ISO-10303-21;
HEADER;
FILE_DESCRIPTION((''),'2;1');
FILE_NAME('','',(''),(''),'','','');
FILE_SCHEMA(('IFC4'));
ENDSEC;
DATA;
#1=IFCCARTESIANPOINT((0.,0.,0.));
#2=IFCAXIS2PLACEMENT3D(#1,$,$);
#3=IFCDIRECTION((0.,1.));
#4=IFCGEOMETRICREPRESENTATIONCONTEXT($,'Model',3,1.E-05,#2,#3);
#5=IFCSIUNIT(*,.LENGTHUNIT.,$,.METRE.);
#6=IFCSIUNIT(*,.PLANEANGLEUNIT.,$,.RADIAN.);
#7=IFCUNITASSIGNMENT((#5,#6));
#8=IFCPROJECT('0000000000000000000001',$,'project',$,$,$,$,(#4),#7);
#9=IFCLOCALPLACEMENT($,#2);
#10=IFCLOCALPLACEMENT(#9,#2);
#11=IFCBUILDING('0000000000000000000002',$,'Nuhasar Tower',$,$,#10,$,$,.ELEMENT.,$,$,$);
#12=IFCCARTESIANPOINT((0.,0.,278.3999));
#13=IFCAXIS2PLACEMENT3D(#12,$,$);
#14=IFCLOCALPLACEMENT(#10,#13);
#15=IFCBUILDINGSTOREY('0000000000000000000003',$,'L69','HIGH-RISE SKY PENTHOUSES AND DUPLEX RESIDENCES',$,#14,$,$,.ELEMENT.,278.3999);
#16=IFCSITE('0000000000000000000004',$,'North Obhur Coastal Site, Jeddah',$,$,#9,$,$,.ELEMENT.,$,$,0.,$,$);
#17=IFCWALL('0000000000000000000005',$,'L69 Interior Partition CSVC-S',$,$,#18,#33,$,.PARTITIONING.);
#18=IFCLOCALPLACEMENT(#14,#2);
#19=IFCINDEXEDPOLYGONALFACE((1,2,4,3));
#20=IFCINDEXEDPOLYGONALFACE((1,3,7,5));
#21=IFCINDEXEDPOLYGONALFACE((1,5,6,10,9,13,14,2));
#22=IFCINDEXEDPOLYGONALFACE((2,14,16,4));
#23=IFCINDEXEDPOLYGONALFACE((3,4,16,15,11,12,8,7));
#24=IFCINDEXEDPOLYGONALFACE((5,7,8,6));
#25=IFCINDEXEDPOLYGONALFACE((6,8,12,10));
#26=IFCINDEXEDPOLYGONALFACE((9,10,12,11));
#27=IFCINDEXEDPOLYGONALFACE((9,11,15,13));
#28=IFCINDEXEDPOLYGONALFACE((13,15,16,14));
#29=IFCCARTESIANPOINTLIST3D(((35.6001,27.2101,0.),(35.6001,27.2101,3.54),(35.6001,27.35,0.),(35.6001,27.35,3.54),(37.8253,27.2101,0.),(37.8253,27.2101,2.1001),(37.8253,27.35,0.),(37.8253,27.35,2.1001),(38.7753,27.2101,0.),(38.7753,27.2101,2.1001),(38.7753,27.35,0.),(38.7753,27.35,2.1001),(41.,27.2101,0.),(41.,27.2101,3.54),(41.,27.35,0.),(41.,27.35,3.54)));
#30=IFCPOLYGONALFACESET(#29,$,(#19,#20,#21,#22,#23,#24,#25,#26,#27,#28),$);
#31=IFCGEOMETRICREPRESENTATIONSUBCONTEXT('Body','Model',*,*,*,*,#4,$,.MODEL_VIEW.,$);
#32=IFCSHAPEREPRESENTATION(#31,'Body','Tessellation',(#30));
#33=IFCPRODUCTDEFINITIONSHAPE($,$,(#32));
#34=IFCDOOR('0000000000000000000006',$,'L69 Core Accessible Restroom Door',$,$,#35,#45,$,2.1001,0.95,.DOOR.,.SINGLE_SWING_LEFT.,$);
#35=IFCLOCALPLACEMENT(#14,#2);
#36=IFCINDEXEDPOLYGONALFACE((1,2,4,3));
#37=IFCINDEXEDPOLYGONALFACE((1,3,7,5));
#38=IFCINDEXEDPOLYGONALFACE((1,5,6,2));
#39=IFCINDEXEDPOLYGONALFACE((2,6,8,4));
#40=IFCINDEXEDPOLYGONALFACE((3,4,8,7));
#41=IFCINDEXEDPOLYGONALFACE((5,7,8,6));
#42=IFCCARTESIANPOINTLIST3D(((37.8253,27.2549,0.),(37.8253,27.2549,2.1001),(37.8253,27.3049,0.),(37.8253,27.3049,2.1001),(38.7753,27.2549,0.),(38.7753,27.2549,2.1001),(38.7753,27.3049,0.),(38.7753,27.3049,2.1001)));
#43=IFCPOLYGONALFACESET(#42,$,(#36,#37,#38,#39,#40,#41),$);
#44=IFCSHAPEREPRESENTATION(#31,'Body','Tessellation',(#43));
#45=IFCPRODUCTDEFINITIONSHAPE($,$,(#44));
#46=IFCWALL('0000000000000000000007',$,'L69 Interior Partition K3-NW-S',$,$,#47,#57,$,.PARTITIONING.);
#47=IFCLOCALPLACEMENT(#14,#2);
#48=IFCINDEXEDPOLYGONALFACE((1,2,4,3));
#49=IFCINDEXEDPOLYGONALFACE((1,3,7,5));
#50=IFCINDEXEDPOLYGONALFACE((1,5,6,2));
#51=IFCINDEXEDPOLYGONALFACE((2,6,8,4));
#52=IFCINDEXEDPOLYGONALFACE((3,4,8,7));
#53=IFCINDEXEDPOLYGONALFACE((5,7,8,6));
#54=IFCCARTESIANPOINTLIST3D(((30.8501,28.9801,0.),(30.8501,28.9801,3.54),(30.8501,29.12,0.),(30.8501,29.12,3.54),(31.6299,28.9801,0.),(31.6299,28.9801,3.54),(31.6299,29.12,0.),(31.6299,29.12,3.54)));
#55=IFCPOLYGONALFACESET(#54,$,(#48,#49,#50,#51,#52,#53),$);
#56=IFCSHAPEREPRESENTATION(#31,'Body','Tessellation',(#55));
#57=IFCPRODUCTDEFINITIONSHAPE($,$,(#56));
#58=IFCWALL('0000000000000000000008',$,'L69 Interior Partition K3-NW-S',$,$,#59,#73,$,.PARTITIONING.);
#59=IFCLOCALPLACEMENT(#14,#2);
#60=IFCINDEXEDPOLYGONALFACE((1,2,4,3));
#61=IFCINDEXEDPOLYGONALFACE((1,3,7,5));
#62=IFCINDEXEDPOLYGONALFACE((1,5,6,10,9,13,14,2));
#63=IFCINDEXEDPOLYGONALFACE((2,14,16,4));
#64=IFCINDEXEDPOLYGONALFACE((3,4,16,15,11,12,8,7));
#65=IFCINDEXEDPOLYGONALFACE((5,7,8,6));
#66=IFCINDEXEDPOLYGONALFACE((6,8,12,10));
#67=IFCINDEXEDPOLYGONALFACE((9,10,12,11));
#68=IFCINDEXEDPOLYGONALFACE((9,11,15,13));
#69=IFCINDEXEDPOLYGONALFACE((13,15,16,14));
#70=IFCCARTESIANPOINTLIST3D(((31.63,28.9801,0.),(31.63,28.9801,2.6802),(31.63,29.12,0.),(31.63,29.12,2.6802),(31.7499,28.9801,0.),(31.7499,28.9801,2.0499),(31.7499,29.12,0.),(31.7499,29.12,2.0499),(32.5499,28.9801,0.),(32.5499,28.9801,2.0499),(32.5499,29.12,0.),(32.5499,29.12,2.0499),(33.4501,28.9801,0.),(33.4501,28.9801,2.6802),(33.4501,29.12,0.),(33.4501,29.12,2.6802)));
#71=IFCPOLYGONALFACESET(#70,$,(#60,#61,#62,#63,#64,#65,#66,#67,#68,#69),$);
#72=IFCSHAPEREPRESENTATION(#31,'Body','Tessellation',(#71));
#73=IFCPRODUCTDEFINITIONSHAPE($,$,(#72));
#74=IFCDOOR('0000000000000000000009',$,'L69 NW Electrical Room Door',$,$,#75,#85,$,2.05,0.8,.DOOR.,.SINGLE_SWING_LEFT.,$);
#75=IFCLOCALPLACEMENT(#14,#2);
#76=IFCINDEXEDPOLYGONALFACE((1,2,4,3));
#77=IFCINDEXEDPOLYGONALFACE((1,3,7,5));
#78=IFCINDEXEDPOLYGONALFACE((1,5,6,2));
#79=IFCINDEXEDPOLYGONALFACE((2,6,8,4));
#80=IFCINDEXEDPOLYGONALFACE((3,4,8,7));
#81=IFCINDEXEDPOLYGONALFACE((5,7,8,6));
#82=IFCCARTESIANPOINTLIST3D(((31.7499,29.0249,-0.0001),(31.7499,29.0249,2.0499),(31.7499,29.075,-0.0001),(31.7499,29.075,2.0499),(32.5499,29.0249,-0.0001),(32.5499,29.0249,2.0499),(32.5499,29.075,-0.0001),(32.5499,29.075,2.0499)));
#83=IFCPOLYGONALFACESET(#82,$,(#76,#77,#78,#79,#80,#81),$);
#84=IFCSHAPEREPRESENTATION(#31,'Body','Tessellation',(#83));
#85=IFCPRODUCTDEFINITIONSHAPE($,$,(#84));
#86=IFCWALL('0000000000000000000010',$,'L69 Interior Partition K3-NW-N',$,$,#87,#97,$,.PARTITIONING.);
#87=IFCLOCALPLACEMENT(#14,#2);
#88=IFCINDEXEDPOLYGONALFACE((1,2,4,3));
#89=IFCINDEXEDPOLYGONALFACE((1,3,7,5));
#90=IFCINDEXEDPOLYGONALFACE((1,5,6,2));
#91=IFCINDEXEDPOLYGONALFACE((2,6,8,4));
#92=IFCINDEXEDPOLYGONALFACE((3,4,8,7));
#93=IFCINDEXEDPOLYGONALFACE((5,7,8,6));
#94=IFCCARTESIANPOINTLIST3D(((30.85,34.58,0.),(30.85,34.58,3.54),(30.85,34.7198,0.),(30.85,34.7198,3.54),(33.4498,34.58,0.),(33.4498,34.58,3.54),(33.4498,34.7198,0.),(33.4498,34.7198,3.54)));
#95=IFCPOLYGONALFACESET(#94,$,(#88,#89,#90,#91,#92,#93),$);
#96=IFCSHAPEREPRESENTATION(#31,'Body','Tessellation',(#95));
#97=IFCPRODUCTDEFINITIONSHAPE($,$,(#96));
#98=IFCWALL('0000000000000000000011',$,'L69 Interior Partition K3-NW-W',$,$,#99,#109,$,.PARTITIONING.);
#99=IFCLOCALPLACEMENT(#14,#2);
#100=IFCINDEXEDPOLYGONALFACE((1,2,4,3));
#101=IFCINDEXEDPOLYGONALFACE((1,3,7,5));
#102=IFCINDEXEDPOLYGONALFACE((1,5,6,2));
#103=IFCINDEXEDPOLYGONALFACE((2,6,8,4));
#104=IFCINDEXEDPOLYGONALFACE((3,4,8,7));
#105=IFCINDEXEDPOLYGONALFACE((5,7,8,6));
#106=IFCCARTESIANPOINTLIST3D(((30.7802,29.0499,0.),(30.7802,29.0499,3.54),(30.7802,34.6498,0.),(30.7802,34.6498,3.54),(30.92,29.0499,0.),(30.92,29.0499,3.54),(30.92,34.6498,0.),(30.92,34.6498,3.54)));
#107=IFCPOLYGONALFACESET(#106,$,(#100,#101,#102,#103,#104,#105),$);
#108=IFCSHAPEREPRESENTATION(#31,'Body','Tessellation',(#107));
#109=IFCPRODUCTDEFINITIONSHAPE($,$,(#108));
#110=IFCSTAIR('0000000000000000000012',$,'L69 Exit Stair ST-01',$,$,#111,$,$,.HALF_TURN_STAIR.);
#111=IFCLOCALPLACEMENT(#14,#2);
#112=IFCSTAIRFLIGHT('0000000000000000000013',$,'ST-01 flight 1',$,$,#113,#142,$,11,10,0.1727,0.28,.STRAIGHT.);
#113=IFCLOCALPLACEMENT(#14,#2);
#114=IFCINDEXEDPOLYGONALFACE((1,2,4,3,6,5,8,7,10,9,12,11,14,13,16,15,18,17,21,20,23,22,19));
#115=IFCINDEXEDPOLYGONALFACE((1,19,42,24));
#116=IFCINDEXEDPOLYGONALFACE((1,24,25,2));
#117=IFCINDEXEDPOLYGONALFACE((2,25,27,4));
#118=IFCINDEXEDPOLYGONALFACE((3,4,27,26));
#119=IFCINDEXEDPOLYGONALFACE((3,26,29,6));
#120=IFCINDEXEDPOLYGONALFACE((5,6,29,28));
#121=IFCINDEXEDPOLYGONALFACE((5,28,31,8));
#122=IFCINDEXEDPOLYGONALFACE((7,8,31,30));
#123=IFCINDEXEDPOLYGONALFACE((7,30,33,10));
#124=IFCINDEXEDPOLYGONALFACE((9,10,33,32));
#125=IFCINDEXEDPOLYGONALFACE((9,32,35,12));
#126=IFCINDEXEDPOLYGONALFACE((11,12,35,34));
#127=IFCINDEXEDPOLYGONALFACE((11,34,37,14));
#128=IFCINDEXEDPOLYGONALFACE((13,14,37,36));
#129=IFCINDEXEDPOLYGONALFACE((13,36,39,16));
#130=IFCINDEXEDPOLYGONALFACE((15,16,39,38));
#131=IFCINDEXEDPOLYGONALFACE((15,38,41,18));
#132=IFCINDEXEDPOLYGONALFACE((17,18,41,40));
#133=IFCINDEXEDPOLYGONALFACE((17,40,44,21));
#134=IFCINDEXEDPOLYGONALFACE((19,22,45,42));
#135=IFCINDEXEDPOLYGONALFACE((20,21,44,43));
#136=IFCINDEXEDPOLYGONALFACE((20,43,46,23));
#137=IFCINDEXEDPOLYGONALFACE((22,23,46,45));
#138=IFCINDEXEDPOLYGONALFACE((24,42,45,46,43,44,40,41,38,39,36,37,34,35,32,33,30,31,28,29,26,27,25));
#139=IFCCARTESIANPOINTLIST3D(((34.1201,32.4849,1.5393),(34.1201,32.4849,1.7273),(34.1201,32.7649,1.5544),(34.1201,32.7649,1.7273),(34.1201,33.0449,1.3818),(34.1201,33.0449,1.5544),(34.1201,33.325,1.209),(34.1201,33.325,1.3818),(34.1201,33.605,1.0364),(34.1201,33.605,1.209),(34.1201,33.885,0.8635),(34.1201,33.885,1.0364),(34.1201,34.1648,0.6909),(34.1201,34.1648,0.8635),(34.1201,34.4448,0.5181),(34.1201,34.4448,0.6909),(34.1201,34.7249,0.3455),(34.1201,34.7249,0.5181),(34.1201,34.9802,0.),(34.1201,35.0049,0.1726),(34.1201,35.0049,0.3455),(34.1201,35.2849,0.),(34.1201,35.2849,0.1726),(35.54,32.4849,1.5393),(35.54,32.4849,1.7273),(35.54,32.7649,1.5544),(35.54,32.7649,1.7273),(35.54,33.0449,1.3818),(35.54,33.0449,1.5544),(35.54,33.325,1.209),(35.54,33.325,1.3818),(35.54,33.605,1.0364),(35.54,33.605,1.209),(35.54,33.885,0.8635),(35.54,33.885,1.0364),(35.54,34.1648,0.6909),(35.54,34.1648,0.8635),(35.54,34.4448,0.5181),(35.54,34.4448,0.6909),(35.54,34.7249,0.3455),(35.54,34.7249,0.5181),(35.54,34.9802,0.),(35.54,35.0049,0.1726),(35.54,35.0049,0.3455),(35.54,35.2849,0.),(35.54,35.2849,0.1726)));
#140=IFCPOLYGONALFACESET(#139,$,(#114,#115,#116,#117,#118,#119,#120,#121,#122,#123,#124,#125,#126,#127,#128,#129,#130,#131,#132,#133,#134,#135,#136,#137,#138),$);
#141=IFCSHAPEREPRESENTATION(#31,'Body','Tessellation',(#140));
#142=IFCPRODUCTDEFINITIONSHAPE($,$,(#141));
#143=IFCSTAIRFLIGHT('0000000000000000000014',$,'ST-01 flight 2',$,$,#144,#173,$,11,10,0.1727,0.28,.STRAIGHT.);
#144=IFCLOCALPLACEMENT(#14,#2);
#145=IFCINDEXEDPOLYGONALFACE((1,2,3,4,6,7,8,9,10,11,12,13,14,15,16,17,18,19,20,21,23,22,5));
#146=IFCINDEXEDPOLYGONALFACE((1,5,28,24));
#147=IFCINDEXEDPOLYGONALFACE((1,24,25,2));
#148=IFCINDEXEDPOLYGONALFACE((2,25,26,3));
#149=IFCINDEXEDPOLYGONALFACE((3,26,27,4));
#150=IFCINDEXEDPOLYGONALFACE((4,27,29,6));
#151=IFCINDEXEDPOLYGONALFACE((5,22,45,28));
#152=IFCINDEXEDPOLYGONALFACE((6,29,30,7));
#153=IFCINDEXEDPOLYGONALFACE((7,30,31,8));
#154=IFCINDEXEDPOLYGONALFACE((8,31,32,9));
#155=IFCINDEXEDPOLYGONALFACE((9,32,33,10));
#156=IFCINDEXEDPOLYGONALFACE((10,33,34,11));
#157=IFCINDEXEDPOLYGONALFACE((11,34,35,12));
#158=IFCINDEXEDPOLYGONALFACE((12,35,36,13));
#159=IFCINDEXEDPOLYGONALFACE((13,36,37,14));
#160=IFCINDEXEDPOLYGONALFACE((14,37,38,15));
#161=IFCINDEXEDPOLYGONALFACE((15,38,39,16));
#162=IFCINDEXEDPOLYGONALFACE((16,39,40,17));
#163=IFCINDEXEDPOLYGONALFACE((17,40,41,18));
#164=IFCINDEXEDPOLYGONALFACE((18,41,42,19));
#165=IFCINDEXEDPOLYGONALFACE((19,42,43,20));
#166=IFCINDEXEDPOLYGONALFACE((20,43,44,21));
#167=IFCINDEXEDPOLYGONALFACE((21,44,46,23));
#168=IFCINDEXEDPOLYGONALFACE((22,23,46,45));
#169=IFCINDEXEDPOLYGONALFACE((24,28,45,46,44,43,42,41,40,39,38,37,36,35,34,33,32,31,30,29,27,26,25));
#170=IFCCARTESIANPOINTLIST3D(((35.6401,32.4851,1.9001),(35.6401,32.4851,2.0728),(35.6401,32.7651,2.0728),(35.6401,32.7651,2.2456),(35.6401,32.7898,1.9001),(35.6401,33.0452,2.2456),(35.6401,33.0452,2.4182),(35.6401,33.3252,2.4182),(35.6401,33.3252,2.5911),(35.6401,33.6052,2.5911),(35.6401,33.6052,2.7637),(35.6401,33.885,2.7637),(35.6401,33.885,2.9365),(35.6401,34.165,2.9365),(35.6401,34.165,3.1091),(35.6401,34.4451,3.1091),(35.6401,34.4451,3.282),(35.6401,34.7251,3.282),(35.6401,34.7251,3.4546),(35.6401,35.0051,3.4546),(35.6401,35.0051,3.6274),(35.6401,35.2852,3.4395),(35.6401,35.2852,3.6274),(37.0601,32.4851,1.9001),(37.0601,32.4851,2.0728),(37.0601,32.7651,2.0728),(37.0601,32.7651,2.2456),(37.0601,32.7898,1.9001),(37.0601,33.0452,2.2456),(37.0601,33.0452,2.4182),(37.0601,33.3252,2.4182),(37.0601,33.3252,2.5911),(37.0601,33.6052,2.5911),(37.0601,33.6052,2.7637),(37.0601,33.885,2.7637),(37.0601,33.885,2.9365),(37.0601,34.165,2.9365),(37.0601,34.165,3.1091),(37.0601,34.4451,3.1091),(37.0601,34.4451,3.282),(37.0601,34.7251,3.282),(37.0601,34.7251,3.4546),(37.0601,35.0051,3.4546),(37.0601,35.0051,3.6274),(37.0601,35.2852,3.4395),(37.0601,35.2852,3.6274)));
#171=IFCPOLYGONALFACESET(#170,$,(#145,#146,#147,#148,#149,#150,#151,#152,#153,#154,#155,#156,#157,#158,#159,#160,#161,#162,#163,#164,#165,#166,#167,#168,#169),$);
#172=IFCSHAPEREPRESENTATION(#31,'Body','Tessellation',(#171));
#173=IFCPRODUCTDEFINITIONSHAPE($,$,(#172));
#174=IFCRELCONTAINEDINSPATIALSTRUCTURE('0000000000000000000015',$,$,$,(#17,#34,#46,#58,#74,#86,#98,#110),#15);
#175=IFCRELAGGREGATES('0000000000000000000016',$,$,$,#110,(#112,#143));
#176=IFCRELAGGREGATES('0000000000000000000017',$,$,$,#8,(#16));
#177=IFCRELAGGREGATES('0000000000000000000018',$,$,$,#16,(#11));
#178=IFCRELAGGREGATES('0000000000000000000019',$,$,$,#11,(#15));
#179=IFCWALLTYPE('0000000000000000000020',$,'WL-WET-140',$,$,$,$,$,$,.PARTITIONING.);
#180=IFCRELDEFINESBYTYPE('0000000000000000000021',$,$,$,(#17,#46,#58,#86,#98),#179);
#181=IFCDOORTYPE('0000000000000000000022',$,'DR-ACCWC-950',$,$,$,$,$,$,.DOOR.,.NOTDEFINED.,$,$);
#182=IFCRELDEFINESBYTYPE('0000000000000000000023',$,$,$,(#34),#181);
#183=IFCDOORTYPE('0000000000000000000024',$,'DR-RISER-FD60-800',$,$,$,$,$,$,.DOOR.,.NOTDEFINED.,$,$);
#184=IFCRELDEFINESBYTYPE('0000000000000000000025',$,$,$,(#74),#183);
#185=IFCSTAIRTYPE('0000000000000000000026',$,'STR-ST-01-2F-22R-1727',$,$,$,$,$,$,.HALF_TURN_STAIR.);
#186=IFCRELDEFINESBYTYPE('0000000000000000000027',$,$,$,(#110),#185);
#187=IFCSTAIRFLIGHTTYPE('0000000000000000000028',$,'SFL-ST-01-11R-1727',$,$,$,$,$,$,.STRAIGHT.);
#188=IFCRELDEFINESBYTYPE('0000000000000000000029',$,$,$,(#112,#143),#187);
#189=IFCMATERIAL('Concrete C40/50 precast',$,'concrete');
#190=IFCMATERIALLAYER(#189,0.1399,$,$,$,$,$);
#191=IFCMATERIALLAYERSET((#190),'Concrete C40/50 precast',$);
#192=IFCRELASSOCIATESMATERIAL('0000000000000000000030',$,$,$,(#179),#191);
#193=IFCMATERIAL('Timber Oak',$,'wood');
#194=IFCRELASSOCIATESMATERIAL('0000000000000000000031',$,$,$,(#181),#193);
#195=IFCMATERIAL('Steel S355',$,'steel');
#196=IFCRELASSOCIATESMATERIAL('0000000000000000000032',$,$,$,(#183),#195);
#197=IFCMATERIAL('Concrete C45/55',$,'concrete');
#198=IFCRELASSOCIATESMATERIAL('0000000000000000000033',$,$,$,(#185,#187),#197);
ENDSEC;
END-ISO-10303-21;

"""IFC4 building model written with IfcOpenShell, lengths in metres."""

from ifc_helpers import new_model, si_unit, direction, frame, frame_2d, origin, place, context, subcontext, project, spatial, polyline, rectangle, outline, extrude, material, layer, layer_set, type_object, element, fill, aggregate, save


model = new_model("IFC4")

# Units and contexts
model_context = context("Model", 3, precision=1e-05, world=origin(), true_north=direction((0.0, 1.0)))
body_context = subcontext(model_context, "Body", "Model", "MODEL_VIEW")
ifc_project = project(units=[si_unit("LENGTHUNIT", "METRE"), si_unit("PLANEANGLEUNIT", "RADIAN")], contexts=[model_context])

# Site, building, storey
site_placement = place(None, origin())
site = spatial("IfcSite", under=ifc_project, at=site_placement, Name="North Obhur Coastal Site, Jeddah", CompositionType="ELEMENT", RefElevation=0.0)
building_placement = place(site_placement, origin())
building = spatial("IfcBuilding", under=site, at=building_placement, Name="Nuhasar Tower", CompositionType="ELEMENT")
storey_placement = place(building_placement, frame((0.0, 0.0, 278.3999)))
storey = spatial("IfcBuildingStorey", under=building, at=storey_placement, Name="L69", Description="HIGH-RISE SKY PENTHOUSES AND DUPLEX RESIDENCES", CompositionType="ELEMENT", Elevation=278.3999)

# Shared definitions
ifc_material_1 = material(Name="Steel S355", Category="steel")

# Shared definitions
ifc_material_2 = material(Name="Concrete C40/50 precast", Category="concrete")
ifc_layer_1 = layer(ifc_material_2, 0.1399)
ifc_layer_set_1 = layer_set([ifc_layer_1], Name="Concrete C40/50 precast")
wall_type_1 = type_object("IfcWallType", Name="WL-WET-140", PredefinedType="PARTITIONING", material=ifc_layer_set_1)

# Wall, opening, door
wall_1_placement = place(storey_placement, frame((35.6001, 27.28, 0.0), z_axis=(0.0, 0.0, 1.0), x_axis=(1.0, 0.0, 0.0)))
wall_1 = element("IfcWall", 1, at=wall_1_placement, inside=storey, type_object=wall_type_1, Name="L69 Interior Partition CSVC-S", PredefinedType="PARTITIONING", context=body_context, shape_type="SweptSolid", body=[
    extrude(rectangle(XDim=5.3999, YDim=0.1399, at=frame_2d((2.7, 0.0))), origin(), (0.0, 0.0, 1.0), 3.54),
])
opening_1_placement = place(wall_1_placement, frame((2.2251, 0.0, 0.0)))
opening_1 = element("IfcOpeningElement", 2, at=opening_1_placement, cuts=wall_1, PredefinedType="OPENING", context=body_context, shape_type="SweptSolid", body=[
    extrude(rectangle(XDim=0.95, YDim=2.1001, at=frame_2d((0.4751, 1.05))), frame((0.0, 0.0801, 0.0), z_axis=(0.0, -1.0, 0.0), x_axis=(1.0, 0.0, 0.0)), (0.0, 0.0, 1.0), 0.1599),
])
ifc_material_3 = material(Name="Timber Oak", Category="wood")
door_type_1 = type_object("IfcDoorType", Name="DR-ACCWC-950", OperationType="NOTDEFINED", PredefinedType="DOOR", material=ifc_material_3)
door_1_placement = place(opening_1_placement, origin())
door_1 = element("IfcDoor", 3, at=door_1_placement, inside=storey, type_object=door_type_1, Name="L69 Core Accessible Restroom Door", OperationType="SINGLE_SWING_LEFT", OverallHeight=2.1001, OverallWidth=0.95, PredefinedType="DOOR", context=body_context, shape_type="SweptSolid", body=[
    extrude(rectangle(XDim=0.95, YDim=2.1001, at=frame_2d((0.4751, 1.05))), frame((0.0, 0.0249, 0.0), z_axis=(0.0, -1.0, 0.0), x_axis=(1.0, 0.0, 0.0)), (0.0, 0.0, 1.0), 0.05),
])
fill(opening_1, door_1)

# Wall
wall_2_placement = place(storey_placement, frame((30.8501, 29.05, 0.0), z_axis=(0.0, 0.0, 1.0), x_axis=(1.0, 0.0, 0.0)))
element("IfcWall", 4, at=wall_2_placement, inside=storey, type_object=wall_type_1, Name="L69 Interior Partition K3-NW-S", PredefinedType="PARTITIONING", context=body_context, shape_type="SweptSolid", body=[
    extrude(rectangle(XDim=0.7798, YDim=0.1399, at=frame_2d((0.3899, 0.0))), origin(), (0.0, 0.0, 1.0), 3.54),
])

# Wall, opening, door
wall_3_placement = place(storey_placement, frame((31.6299, 29.05, 0.0), z_axis=(0.0, 0.0, 1.0), x_axis=(1.0, 0.0, 0.0)))
wall_3 = element("IfcWall", 5, at=wall_3_placement, inside=storey, type_object=wall_type_1, Name="L69 Interior Partition K3-NW-S", PredefinedType="PARTITIONING", context=body_context, shape_type="SweptSolid", body=[
    extrude(rectangle(XDim=1.8201, YDim=0.1399, at=frame_2d((0.9102, 0.0))), origin(), (0.0, 0.0, 1.0), 2.6802),
])
opening_2_placement = place(wall_3_placement, frame((0.1201, 0.0, 0.0)))
opening_2 = element("IfcOpeningElement", 6, at=opening_2_placement, cuts=wall_3, PredefinedType="OPENING", context=body_context, shape_type="SweptSolid", body=[
    extrude(rectangle(XDim=0.8, YDim=2.05, at=frame_2d((0.3999, 1.0249))), frame((0.0, 0.0801, 0.0), z_axis=(0.0, -1.0, 0.0), x_axis=(1.0, 0.0, 0.0)), (0.0, 0.0, 1.0), 0.1599),
])
door_type_2 = type_object("IfcDoorType", Name="DR-RISER-FD60-800", OperationType="NOTDEFINED", PredefinedType="DOOR", material=ifc_material_1)
door_2_placement = place(opening_2_placement, origin())
door_2 = element("IfcDoor", 7, at=door_2_placement, inside=storey, type_object=door_type_2, Name="L69 NW Electrical Room Door", OperationType="SINGLE_SWING_LEFT", OverallHeight=2.05, OverallWidth=0.8, PredefinedType="DOOR", context=body_context, shape_type="SweptSolid", body=[
    extrude(rectangle(XDim=0.8, YDim=2.05, at=frame_2d((0.3999, 1.0249))), frame((0.0, 0.0249, 0.0), z_axis=(0.0, -1.0, 0.0), x_axis=(1.0, 0.0, 0.0)), (0.0, 0.0, 1.0), 0.05),
])
fill(opening_2, door_2)

# Walls
wall_4_placement = place(storey_placement, frame((30.8501, 34.6499, 0.0), z_axis=(0.0, 0.0, 1.0), x_axis=(1.0, 0.0, 0.0)))
element("IfcWall", 8, at=wall_4_placement, inside=storey, type_object=wall_type_1, Name="L69 Interior Partition K3-NW-N", PredefinedType="PARTITIONING", context=body_context, shape_type="SweptSolid", body=[
    extrude(rectangle(XDim=2.5999, YDim=0.1399, at=frame_2d((1.2998, 0.0))), origin(), (0.0, 0.0, 1.0), 3.54),
])
wall_5_placement = place(storey_placement, frame((30.8501, 29.05, 0.0), z_axis=(0.0, 0.0, 1.0), x_axis=(0.0, 1.0, 0.0)))
element("IfcWall", 9, at=wall_5_placement, inside=storey, type_object=wall_type_1, Name="L69 Interior Partition K3-NW-W", PredefinedType="PARTITIONING", context=body_context, shape_type="SweptSolid", body=[
    extrude(rectangle(XDim=5.5999, YDim=0.1399, at=frame_2d((2.7998, 0.0))), origin(), (0.0, 0.0, 1.0), 3.54),
])

# Stair, stair flights
ifc_material_4 = material(Name="Concrete C45/55", Category="concrete")
stair_type_1 = type_object("IfcStairType", Name="STR-ST-01-2F-22R-1727", PredefinedType="HALF_TURN_STAIR", material=ifc_material_4)
stair_1_placement = place(storey_placement, origin())
stair_1 = element("IfcStair", 10, at=stair_1_placement, inside=storey, type_object=stair_type_1, Name="L69 Exit Stair ST-01", PredefinedType="HALF_TURN_STAIR")
stair_flight_type_1 = type_object("IfcStairFlightType", Name="SFL-ST-01-11R-1727", PredefinedType="STRAIGHT", material=ifc_material_4)
stair_flight_1_placement = place(storey_placement, frame((34.8301, 35.2849, 0.0), z_axis=(0.0, 0.0, 1.0), x_axis=(0.0, -1.0, 0.0)))
stair_flight_1 = element("IfcStairFlight", 11, at=stair_flight_1_placement, type_object=stair_flight_type_1, Name="ST-01 flight 1", NumberOfRisers=11, NumberOfTreads=10, PredefinedType="STRAIGHT", RiserHeight=0.1727, TreadLength=0.28, context=body_context, shape_type="SweptSolid", body=[
    extrude(outline(polyline([(0.0, 0.0), (0.0, 0.1726), (0.28, 0.1726), (0.28, 0.3455), (0.5601, 0.3455), (0.5601, 0.5181), (0.8401, 0.5181), (0.8401, 0.6909), (1.1201, 0.6909), (1.1201, 0.8635), (1.3999, 0.8635), (1.3999, 1.0364), (1.6799, 1.0364), (1.6799, 1.209), (1.96, 1.209), (1.96, 1.3818), (2.24, 1.3818), (2.24, 1.5544), (2.52, 1.5544), (2.52, 1.7273), (2.8, 1.7273), (2.8, 1.8999), (2.8, 1.5393), (0.3047, 0.0), (0.0, 0.0)])), frame((0.0, 0.71, 0.0), z_axis=(0.0, -1.0, 0.0), x_axis=(1.0, 0.0, 0.0)), (0.0, 0.0, 1.0), 1.4199),
])
stair_flight_2_placement = place(storey_placement, frame((36.3501, 32.4851, 1.9001), z_axis=(0.0, 0.0, 1.0), x_axis=(0.0, 1.0, 0.0)))
stair_flight_2 = element("IfcStairFlight", 12, at=stair_flight_2_placement, type_object=stair_flight_type_1, Name="ST-01 flight 2", NumberOfRisers=11, NumberOfTreads=10, PredefinedType="STRAIGHT", RiserHeight=0.1727, TreadLength=0.28, context=body_context, shape_type="SweptSolid", body=[
    extrude(outline(polyline([(0.0, 0.0), (0.0, 0.1726), (0.28, 0.1726), (0.28, 0.3455), (0.5601, 0.3455), (0.5601, 0.5181), (0.8401, 0.5181), (0.8401, 0.6909), (1.1201, 0.6909), (1.1201, 0.8635), (1.3999, 0.8635), (1.3999, 1.0364), (1.6799, 1.0364), (1.6799, 1.209), (1.96, 1.209), (1.96, 1.3818), (2.24, 1.3818), (2.24, 1.5544), (2.52, 1.5544), (2.52, 1.7273), (2.8, 1.7273), (2.8, 1.8999), (2.8, 1.5393), (0.3047, 0.0), (0.0, 0.0)])), frame((0.0, 0.71, 0.0), z_axis=(0.0, -1.0, 0.0), x_axis=(1.0, 0.0, 0.0)), (0.0, 0.0, 1.0), 1.4199),
])
aggregate(stair_1, [stair_flight_1, stair_flight_2])

save(model, "model.ifc")
